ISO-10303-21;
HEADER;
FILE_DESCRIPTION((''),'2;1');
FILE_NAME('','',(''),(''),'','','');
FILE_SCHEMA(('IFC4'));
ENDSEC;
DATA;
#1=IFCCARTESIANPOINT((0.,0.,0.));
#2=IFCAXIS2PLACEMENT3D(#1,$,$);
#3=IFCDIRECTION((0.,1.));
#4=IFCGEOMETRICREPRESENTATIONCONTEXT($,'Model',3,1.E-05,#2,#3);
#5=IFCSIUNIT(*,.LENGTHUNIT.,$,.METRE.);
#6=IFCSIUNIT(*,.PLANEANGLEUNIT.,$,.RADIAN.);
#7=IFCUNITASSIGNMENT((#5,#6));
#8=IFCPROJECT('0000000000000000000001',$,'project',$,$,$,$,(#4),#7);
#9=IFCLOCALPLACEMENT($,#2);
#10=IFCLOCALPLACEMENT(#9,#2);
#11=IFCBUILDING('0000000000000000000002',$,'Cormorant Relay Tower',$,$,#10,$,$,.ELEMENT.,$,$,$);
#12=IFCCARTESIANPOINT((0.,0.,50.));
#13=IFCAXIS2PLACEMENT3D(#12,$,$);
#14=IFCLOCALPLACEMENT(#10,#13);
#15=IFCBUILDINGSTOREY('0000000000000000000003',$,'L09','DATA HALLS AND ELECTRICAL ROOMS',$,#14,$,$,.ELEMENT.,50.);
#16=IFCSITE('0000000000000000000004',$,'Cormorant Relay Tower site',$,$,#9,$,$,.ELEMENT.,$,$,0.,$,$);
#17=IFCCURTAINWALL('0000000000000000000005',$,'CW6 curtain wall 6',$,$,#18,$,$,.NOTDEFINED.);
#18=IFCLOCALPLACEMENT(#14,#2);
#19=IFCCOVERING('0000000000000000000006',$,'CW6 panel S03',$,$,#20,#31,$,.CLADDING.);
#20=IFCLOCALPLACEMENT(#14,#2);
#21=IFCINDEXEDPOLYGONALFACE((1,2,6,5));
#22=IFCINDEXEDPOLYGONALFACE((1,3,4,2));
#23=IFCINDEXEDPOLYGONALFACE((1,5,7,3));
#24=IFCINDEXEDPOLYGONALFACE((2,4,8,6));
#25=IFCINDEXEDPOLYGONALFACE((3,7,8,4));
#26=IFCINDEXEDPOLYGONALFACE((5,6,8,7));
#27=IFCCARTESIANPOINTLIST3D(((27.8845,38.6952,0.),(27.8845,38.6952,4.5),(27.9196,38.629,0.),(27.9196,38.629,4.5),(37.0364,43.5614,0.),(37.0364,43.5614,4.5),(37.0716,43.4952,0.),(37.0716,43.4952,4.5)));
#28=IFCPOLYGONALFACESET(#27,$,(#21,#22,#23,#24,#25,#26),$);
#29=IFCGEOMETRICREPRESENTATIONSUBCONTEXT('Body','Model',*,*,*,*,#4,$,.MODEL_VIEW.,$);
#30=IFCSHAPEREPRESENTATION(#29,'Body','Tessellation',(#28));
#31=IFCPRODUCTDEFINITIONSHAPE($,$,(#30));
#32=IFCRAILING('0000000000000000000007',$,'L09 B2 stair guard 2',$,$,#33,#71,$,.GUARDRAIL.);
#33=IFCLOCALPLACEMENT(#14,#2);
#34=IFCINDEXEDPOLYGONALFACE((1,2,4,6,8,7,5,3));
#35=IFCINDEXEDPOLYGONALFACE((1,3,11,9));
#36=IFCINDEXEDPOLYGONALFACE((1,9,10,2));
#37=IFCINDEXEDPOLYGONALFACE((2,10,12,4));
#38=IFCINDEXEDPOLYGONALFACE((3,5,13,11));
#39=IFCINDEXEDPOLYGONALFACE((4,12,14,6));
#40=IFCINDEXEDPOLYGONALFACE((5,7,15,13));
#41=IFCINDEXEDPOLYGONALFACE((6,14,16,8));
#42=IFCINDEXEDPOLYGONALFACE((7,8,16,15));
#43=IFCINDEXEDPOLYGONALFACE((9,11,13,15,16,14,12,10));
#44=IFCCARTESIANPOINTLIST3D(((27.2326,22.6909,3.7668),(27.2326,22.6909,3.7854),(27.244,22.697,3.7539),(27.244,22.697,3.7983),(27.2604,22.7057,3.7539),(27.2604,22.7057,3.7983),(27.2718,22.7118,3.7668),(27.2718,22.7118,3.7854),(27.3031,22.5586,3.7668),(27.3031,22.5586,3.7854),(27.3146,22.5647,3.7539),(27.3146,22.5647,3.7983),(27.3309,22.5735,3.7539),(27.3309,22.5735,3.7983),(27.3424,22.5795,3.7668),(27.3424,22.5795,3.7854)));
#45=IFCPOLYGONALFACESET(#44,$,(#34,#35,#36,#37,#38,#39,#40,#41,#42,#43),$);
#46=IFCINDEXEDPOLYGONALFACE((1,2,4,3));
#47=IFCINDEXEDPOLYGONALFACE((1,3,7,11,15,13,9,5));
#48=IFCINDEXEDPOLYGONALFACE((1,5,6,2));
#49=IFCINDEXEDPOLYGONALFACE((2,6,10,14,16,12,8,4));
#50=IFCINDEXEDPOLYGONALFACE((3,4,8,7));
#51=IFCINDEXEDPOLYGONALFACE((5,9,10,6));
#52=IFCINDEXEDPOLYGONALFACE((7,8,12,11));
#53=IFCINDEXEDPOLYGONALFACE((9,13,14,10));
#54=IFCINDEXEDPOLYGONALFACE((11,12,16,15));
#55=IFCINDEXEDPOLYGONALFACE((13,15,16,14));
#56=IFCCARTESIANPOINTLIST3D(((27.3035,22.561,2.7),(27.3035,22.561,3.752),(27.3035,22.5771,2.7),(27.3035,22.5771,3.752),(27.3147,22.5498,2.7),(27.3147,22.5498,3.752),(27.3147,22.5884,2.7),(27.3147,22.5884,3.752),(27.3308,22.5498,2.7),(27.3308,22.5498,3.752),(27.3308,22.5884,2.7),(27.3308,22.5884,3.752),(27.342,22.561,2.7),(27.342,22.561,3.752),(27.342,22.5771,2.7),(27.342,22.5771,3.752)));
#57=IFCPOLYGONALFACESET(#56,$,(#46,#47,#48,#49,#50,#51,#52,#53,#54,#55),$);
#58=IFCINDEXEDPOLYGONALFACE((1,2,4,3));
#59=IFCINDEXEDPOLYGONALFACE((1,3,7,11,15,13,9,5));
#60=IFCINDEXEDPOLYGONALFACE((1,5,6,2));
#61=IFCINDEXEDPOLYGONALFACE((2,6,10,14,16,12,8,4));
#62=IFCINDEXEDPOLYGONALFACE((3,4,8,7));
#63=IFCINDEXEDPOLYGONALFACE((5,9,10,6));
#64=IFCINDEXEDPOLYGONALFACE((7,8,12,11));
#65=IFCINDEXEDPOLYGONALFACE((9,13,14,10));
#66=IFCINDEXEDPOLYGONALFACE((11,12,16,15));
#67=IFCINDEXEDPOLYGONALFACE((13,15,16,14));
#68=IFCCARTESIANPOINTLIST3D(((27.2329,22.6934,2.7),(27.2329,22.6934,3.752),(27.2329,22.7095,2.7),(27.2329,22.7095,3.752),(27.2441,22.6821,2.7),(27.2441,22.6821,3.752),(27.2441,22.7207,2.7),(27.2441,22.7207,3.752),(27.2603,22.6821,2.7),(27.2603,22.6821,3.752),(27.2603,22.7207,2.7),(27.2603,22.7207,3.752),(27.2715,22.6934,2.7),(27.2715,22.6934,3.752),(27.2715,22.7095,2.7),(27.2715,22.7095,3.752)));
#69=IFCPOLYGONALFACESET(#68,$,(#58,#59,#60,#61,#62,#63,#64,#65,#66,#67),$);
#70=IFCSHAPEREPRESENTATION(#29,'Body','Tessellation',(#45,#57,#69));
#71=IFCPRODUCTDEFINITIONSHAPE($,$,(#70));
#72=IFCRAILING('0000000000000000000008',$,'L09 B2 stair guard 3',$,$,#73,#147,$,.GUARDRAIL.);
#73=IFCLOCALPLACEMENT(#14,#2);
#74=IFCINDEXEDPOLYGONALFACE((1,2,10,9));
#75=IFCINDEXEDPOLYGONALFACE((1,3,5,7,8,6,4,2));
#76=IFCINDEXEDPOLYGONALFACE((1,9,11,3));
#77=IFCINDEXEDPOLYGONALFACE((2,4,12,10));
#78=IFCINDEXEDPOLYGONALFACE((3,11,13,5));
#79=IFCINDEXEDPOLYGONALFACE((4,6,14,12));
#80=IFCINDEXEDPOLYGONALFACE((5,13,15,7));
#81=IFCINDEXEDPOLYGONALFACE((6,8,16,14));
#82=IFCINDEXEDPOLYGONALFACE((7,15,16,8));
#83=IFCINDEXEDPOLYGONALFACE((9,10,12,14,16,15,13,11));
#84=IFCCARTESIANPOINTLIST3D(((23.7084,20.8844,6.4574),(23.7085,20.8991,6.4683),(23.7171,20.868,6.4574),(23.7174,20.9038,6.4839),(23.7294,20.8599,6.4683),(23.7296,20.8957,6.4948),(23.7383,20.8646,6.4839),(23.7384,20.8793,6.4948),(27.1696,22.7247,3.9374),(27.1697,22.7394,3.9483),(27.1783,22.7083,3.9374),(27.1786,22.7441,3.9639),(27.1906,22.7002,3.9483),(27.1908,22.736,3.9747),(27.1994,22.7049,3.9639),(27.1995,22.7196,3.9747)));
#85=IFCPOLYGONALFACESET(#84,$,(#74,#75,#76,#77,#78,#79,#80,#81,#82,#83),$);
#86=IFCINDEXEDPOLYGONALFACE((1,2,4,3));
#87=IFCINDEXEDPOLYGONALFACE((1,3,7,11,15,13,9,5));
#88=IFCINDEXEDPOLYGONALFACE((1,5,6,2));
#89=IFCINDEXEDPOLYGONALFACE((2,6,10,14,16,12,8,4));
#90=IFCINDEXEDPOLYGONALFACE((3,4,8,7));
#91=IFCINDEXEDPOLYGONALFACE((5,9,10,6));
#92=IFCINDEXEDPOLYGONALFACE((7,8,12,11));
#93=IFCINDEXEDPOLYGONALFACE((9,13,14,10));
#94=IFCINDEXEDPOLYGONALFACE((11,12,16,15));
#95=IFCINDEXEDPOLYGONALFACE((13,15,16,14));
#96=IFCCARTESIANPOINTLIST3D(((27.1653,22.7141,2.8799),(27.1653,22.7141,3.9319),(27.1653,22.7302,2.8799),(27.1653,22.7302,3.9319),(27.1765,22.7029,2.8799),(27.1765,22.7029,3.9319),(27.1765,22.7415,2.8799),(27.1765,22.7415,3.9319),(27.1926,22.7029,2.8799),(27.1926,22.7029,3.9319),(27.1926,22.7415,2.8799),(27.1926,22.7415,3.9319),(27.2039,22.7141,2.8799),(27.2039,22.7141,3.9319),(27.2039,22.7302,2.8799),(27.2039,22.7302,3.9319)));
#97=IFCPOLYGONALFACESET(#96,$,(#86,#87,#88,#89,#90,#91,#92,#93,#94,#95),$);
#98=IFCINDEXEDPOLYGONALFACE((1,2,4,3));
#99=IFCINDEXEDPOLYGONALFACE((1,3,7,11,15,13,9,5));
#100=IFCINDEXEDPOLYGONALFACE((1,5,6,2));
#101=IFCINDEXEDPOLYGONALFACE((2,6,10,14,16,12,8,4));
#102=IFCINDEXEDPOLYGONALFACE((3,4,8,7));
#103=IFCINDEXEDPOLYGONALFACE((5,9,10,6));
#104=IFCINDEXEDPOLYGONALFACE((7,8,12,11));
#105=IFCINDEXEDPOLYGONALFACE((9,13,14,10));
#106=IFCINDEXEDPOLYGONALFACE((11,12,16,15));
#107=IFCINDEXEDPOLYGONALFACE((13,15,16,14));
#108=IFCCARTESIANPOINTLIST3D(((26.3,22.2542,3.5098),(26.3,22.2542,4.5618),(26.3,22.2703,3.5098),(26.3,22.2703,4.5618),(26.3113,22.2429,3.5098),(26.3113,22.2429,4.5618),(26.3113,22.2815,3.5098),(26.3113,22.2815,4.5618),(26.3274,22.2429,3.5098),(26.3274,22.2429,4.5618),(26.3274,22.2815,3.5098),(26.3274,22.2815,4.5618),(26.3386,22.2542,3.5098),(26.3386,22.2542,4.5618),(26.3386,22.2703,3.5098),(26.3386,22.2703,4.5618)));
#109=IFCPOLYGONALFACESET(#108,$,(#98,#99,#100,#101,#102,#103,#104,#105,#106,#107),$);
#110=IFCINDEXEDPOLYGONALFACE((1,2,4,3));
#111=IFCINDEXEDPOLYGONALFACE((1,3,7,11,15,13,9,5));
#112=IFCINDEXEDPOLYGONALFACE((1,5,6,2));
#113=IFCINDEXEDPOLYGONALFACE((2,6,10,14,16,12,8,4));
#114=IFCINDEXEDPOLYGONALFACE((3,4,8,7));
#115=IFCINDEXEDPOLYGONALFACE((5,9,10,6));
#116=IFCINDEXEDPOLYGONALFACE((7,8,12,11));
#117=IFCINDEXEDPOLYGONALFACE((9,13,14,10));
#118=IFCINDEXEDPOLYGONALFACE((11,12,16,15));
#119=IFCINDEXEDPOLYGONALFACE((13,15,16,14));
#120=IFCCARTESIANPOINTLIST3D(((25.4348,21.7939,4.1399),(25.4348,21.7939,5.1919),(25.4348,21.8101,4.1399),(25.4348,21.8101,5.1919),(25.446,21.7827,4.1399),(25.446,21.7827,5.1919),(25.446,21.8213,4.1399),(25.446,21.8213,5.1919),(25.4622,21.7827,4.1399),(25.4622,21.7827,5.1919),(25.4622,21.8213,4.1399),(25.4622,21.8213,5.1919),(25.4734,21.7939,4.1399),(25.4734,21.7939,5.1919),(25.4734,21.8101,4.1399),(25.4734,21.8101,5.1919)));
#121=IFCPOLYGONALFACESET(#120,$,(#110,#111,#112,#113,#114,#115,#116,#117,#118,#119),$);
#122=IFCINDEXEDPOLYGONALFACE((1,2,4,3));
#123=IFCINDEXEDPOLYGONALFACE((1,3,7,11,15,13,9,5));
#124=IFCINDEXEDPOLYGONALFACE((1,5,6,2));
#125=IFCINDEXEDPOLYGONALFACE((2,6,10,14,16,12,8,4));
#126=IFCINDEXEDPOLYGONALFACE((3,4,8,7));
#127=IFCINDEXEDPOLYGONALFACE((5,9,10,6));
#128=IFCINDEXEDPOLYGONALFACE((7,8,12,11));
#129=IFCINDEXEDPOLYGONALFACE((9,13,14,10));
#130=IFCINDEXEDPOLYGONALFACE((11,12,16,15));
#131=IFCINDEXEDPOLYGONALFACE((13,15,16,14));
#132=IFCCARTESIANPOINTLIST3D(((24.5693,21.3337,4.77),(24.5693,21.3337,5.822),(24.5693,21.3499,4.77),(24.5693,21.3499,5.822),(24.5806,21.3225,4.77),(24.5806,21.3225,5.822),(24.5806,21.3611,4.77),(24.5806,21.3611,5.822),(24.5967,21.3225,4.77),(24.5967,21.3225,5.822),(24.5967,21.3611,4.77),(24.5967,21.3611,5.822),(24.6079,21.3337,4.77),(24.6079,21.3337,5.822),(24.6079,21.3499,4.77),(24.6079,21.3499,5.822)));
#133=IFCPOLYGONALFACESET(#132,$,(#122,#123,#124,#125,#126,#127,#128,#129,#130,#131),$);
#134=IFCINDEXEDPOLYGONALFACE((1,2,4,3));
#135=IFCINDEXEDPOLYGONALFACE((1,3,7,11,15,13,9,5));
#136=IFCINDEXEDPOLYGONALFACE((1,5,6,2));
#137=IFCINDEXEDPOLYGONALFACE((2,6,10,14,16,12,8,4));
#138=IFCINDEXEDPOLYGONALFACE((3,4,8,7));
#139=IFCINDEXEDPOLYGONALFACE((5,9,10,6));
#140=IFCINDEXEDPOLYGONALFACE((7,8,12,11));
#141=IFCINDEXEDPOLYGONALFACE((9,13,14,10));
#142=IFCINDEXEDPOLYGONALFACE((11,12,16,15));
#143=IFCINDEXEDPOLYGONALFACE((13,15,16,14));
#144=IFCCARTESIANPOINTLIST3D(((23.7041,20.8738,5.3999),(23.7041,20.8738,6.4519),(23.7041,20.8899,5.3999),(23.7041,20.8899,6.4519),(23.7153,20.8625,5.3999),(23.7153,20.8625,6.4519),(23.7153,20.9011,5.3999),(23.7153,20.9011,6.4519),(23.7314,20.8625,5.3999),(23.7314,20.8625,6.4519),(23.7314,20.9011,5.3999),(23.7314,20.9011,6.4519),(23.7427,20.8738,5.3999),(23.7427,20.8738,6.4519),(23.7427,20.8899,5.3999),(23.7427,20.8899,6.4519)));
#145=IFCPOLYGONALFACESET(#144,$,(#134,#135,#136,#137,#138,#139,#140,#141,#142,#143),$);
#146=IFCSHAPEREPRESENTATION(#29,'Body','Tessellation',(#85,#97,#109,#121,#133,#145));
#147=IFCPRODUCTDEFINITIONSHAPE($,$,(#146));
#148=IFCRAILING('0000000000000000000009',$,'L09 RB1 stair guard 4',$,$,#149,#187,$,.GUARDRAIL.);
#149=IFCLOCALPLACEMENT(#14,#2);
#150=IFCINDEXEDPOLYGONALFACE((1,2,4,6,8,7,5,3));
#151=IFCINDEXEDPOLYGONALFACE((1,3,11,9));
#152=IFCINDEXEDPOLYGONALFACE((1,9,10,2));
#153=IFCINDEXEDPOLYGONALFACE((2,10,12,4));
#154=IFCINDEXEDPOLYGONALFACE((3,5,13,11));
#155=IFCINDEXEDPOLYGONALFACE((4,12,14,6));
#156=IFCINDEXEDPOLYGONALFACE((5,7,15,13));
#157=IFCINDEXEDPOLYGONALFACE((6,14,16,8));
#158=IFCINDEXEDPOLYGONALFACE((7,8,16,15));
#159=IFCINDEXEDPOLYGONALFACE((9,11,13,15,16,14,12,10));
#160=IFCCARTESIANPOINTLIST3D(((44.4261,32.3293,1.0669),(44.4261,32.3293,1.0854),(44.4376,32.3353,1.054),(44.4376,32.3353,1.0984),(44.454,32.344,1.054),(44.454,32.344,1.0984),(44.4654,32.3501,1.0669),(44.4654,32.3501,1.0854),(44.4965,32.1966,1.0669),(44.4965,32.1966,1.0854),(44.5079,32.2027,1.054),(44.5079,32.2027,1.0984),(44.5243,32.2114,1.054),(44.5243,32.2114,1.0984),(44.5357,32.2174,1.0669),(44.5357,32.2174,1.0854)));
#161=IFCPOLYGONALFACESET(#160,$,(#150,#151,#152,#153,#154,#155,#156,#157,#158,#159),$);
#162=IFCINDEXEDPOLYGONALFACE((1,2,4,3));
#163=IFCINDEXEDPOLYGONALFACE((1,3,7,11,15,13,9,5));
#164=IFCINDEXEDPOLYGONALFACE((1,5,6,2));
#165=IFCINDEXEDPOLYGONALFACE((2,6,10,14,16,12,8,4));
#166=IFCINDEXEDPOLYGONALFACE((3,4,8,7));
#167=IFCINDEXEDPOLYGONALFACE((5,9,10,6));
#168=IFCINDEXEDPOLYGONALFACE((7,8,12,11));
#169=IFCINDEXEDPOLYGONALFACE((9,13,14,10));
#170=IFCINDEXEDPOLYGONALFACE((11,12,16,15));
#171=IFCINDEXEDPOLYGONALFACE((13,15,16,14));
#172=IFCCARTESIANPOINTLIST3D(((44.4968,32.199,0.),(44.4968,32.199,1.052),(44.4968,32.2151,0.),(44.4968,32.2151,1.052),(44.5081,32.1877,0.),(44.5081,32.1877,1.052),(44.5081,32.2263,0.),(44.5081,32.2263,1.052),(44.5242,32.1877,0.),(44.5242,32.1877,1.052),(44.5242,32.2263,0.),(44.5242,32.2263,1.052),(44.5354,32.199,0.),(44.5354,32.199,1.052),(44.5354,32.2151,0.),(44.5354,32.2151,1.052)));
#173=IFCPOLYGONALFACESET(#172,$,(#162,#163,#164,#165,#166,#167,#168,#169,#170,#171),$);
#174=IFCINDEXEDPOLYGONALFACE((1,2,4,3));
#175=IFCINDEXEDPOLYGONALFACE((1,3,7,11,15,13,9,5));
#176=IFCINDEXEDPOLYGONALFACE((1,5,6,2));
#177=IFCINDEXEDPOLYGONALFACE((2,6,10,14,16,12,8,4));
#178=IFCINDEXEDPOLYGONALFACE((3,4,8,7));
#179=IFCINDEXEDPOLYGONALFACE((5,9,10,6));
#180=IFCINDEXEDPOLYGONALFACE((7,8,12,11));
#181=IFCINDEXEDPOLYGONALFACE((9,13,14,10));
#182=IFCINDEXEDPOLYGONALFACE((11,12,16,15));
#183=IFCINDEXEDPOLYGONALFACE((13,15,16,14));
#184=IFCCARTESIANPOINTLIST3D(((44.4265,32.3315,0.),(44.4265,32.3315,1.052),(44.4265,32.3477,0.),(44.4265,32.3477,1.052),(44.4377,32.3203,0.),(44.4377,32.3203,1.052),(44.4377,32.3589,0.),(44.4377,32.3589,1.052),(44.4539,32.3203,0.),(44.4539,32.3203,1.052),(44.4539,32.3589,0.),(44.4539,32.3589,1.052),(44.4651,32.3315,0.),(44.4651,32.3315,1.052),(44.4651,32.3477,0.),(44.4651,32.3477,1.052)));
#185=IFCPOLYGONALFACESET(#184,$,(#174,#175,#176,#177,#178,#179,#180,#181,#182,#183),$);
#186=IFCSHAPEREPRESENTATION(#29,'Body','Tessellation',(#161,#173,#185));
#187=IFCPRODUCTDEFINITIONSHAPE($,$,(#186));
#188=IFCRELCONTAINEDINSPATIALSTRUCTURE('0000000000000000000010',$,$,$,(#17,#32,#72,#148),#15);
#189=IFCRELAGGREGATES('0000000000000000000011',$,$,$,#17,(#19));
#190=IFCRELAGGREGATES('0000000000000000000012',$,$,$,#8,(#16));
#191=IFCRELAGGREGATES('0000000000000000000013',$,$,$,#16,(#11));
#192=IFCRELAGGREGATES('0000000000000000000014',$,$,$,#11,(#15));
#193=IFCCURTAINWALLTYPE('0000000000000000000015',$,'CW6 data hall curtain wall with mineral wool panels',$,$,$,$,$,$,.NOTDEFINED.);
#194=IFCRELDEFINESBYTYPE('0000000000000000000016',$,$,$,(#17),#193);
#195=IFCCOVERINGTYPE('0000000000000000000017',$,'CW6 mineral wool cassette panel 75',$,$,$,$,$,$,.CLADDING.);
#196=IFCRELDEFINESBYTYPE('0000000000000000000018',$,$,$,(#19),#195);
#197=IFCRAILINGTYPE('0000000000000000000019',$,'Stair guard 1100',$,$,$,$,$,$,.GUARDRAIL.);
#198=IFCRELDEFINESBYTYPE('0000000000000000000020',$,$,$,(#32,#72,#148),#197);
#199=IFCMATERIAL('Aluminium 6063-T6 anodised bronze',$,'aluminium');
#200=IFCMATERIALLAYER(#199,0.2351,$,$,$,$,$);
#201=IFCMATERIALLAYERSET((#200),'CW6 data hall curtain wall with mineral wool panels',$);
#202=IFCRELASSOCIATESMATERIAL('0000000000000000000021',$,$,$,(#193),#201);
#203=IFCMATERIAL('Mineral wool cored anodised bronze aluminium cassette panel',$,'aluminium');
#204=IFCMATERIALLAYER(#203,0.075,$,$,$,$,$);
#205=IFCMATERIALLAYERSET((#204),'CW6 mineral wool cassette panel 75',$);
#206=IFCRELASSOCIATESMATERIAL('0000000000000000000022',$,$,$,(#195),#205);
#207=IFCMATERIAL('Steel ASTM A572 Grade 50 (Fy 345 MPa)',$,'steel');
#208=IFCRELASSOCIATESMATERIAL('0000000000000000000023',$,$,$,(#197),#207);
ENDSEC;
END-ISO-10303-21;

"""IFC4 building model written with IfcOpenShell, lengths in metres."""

from ifc_helpers import new_model, si_unit, direction, frame, origin, origin_2d, place, context, subcontext, project, spatial, polyline, rectangle, outline, extrude, material, layer, layer_set, type_object, element, aggregate, save


model = new_model("IFC4")

# Units and contexts
model_context = context("Model", 3, precision=1e-05, world=origin(), true_north=direction((0.0, 1.0)))
body_context = subcontext(model_context, "Body", "Model", "MODEL_VIEW")
ifc_project = project(units=[si_unit("LENGTHUNIT", "METRE"), si_unit("PLANEANGLEUNIT", "RADIAN")], contexts=[model_context])

# Site, building, storey
site_placement = place(None, origin())
site = spatial("IfcSite", under=ifc_project, at=site_placement, Name="Cormorant Relay Tower site", CompositionType="ELEMENT", RefElevation=0.0)
building_placement = place(site_placement, origin())
building = spatial("IfcBuilding", under=site, at=building_placement, Name="Cormorant Relay Tower", CompositionType="ELEMENT")
storey_placement = place(building_placement, frame((0.0, 0.0, 50.0)))
storey = spatial("IfcBuildingStorey", under=building, at=storey_placement, Name="L09", Description="DATA HALLS AND ELECTRICAL ROOMS", CompositionType="ELEMENT", Elevation=50.0)

# Curtain wall
ifc_material_1 = material(Name="Aluminium 6063-T6 anodised bronze", Category="aluminium")
ifc_layer_1 = layer(ifc_material_1, 0.2351)
ifc_layer_set_1 = layer_set([ifc_layer_1], Name="CW6 data hall curtain wall with mineral wool panels")
curtain_wall_type = type_object("IfcCurtainWallType", Name="CW6 data hall curtain wall with mineral wool panels", PredefinedType="NOTDEFINED", material=ifc_layer_set_1)
curtain_wall_placement = place(storey_placement, origin())
curtain_wall = element("IfcCurtainWall", 1, at=curtain_wall_placement, inside=storey, type_object=curtain_wall_type, Name="CW6 curtain wall 6", PredefinedType="NOTDEFINED")

# Covering
ifc_material_2 = material(Name="Mineral wool cored anodised bronze aluminium cassette panel", Category="aluminium")
ifc_layer_2 = layer(ifc_material_2, 0.075)
ifc_layer_set_2 = layer_set([ifc_layer_2], Name="CW6 mineral wool cassette panel 75")
covering_type = type_object("IfcCoveringType", Name="CW6 mineral wool cassette panel 75", PredefinedType="CLADDING", material=ifc_layer_set_2)
covering_1_placement = place(storey_placement, frame((32.478, 41.0952, 0.0), z_axis=(0.0, 0.0, 1.0), x_axis=(-0.882948, -0.469472, 0.0)))
covering_1 = element("IfcCovering", 2, at=covering_1_placement, type_object=covering_type, Name="CW6 panel S03", PredefinedType="CLADDING", context=body_context, shape_type="SweptSolid", body=[
    extrude(rectangle(XDim=10.3652, YDim=0.075, at=origin_2d()), origin(), (0.0, 0.0, 1.0), 4.5),
])
aggregate(curtain_wall, [covering_1])

# Railings
ifc_material_3 = material(Name="Steel ASTM A572 Grade 50 (Fy 345 MPa)", Category="steel")
railing_type_1 = type_object("IfcRailingType", Name="Stair guard 1100", PredefinedType="GUARDRAIL", material=ifc_material_3)
railing_1_placement = place(storey_placement, frame((27.3228, 22.5691, 2.7)))
element("IfcRailing", 3, at=railing_1_placement, inside=storey, type_object=railing_type_1, Name="L09 B2 stair guard 2", PredefinedType="GUARDRAIL", context=body_context, shape_type="SweptSolid", body=[
    extrude(outline(polyline([(0.0222, 0.0093), (0.0093, 0.0222), (-0.0093, 0.0222), (-0.0222, 0.0093), (-0.0222, -0.0093), (-0.0093, -0.0222), (0.0093, -0.0222), (0.0222, -0.0093), (0.0222, 0.0093)])), frame((0.0, 0.0, 1.0762), z_axis=(-0.470504, 0.882398, 0.0), x_axis=(-0.882398, -0.470504, 0.0)), (0.0, 0.0, 1.0), 0.1499),
    extrude(outline(polyline([(0.0193, 0.0081), (0.0081, 0.0193), (-0.0081, 0.0193), (-0.0193, 0.0081), (-0.0193, -0.0081), (-0.0081, -0.0193), (0.0081, -0.0193), (0.0193, -0.0081), (0.0193, 0.0081)])), origin(), (0.0, 0.0, 1.0), 1.052),
    extrude(outline(polyline([(0.0193, 0.0081), (0.0081, 0.0193), (-0.0081, 0.0193), (-0.0193, 0.0081), (-0.0193, -0.0081), (-0.0081, -0.0193), (0.0081, -0.0193), (0.0193, -0.0081), (0.0193, 0.0081)])), frame((-0.0706, 0.1323, 0.0)), (0.0, 0.0, 1.0), 1.052),
])
railing_2_placement = place(storey_placement, frame((27.1846, 22.7222, 2.8799)))
element("IfcRailing", 4, at=railing_2_placement, inside=storey, type_object=railing_type_1, Name="L09 B2 stair guard 3", PredefinedType="GUARDRAIL", context=body_context, shape_type="SweptSolid", body=[
    extrude(outline(polyline([(0.0222, 0.0093), (0.0093, 0.0222), (-0.0093, 0.0222), (-0.0222, 0.0093), (-0.0222, -0.0093), (-0.0093, -0.0222), (0.0093, -0.0222), (0.0222, -0.0093), (0.0222, 0.0093)])), frame((0.0, 0.0, 1.0762), z_axis=(-0.742717, -0.394907, 0.540758), x_axis=(0.469469, -0.882949, 0.0)), (0.0, 0.0, 1.0), 4.6602),
    extrude(outline(polyline([(0.0193, 0.0081), (0.0081, 0.0193), (-0.0081, 0.0193), (-0.0193, 0.0081), (-0.0193, -0.0081), (-0.0081, -0.0193), (0.0081, -0.0193), (0.0193, -0.0081), (0.0193, 0.0081)])), origin(), (0.0, 0.0, 1.0), 1.052),
    extrude(outline(polyline([(0.0193, 0.0081), (0.0081, 0.0193), (-0.0081, 0.0193), (-0.0193, 0.0081), (-0.0193, -0.0081), (-0.0081, -0.0193), (0.0081, -0.0193), (0.0193, -0.0081), (0.0193, 0.0081)])), frame((-0.8652, -0.46, 0.6299)), (0.0, 0.0, 1.0), 1.052),
    extrude(outline(polyline([(0.0193, 0.0081), (0.0081, 0.0193), (-0.0081, 0.0193), (-0.0193, 0.0081), (-0.0193, -0.0081), (-0.0081, -0.0193), (0.0081, -0.0193), (0.0193, -0.0081), (0.0193, 0.0081)])), frame((-1.7305, -0.9202, 1.26)), (0.0, 0.0, 1.0), 1.052),
    extrude(outline(polyline([(0.0193, 0.0081), (0.0081, 0.0193), (-0.0081, 0.0193), (-0.0193, 0.0081), (-0.0193, -0.0081), (-0.0081, -0.0193), (0.0081, -0.0193), (0.0193, -0.0081), (0.0193, 0.0081)])), frame((-2.5959, -1.3804, 1.8901)), (0.0, 0.0, 1.0), 1.052),
    extrude(outline(polyline([(0.0193, 0.0081), (0.0081, 0.0193), (-0.0081, 0.0193), (-0.0193, 0.0081), (-0.0193, -0.0081), (-0.0081, -0.0193), (0.0081, -0.0193), (0.0193, -0.0081), (0.0193, 0.0081)])), frame((-3.4612, -1.8403, 2.52)), (0.0, 0.0, 1.0), 1.052),
])
railing_3_placement = place(storey_placement, frame((44.5161, 32.207, 0.0)))
element("IfcRailing", 5, at=railing_3_placement, inside=storey, type_object=railing_type_1, Name="L09 RB1 stair guard 4", PredefinedType="GUARDRAIL", context=body_context, shape_type="SweptSolid", body=[
    extrude(outline(polyline([(0.0222, 0.0093), (0.0093, 0.0222), (-0.0093, 0.0222), (-0.0222, 0.0093), (-0.0222, -0.0093), (-0.0093, -0.0222), (0.0093, -0.0222), (0.0222, -0.0093), (0.0222, 0.0093)])), frame((0.0, 0.0, 1.0762), z_axis=(-0.46856, 0.883431, 0.0), x_axis=(-0.883431, -0.46856, 0.0)), (0.0, 0.0, 1.0), 0.1501),
    extrude(outline(polyline([(0.0193, 0.0081), (0.0081, 0.0193), (-0.0081, 0.0193), (-0.0193, 0.0081), (-0.0193, -0.0081), (-0.0081, -0.0193), (0.0081, -0.0193), (0.0193, -0.0081), (0.0193, 0.0081)])), origin(), (0.0, 0.0, 1.0), 1.052),
    extrude(outline(polyline([(0.0193, 0.0081), (0.0081, 0.0193), (-0.0081, 0.0193), (-0.0193, 0.0081), (-0.0193, -0.0081), (-0.0081, -0.0193), (0.0081, -0.0193), (0.0193, -0.0081), (0.0193, 0.0081)])), frame((-0.0703, 0.1326, 0.0)), (0.0, 0.0, 1.0), 1.052),
])

save(model, "model.ifc")
